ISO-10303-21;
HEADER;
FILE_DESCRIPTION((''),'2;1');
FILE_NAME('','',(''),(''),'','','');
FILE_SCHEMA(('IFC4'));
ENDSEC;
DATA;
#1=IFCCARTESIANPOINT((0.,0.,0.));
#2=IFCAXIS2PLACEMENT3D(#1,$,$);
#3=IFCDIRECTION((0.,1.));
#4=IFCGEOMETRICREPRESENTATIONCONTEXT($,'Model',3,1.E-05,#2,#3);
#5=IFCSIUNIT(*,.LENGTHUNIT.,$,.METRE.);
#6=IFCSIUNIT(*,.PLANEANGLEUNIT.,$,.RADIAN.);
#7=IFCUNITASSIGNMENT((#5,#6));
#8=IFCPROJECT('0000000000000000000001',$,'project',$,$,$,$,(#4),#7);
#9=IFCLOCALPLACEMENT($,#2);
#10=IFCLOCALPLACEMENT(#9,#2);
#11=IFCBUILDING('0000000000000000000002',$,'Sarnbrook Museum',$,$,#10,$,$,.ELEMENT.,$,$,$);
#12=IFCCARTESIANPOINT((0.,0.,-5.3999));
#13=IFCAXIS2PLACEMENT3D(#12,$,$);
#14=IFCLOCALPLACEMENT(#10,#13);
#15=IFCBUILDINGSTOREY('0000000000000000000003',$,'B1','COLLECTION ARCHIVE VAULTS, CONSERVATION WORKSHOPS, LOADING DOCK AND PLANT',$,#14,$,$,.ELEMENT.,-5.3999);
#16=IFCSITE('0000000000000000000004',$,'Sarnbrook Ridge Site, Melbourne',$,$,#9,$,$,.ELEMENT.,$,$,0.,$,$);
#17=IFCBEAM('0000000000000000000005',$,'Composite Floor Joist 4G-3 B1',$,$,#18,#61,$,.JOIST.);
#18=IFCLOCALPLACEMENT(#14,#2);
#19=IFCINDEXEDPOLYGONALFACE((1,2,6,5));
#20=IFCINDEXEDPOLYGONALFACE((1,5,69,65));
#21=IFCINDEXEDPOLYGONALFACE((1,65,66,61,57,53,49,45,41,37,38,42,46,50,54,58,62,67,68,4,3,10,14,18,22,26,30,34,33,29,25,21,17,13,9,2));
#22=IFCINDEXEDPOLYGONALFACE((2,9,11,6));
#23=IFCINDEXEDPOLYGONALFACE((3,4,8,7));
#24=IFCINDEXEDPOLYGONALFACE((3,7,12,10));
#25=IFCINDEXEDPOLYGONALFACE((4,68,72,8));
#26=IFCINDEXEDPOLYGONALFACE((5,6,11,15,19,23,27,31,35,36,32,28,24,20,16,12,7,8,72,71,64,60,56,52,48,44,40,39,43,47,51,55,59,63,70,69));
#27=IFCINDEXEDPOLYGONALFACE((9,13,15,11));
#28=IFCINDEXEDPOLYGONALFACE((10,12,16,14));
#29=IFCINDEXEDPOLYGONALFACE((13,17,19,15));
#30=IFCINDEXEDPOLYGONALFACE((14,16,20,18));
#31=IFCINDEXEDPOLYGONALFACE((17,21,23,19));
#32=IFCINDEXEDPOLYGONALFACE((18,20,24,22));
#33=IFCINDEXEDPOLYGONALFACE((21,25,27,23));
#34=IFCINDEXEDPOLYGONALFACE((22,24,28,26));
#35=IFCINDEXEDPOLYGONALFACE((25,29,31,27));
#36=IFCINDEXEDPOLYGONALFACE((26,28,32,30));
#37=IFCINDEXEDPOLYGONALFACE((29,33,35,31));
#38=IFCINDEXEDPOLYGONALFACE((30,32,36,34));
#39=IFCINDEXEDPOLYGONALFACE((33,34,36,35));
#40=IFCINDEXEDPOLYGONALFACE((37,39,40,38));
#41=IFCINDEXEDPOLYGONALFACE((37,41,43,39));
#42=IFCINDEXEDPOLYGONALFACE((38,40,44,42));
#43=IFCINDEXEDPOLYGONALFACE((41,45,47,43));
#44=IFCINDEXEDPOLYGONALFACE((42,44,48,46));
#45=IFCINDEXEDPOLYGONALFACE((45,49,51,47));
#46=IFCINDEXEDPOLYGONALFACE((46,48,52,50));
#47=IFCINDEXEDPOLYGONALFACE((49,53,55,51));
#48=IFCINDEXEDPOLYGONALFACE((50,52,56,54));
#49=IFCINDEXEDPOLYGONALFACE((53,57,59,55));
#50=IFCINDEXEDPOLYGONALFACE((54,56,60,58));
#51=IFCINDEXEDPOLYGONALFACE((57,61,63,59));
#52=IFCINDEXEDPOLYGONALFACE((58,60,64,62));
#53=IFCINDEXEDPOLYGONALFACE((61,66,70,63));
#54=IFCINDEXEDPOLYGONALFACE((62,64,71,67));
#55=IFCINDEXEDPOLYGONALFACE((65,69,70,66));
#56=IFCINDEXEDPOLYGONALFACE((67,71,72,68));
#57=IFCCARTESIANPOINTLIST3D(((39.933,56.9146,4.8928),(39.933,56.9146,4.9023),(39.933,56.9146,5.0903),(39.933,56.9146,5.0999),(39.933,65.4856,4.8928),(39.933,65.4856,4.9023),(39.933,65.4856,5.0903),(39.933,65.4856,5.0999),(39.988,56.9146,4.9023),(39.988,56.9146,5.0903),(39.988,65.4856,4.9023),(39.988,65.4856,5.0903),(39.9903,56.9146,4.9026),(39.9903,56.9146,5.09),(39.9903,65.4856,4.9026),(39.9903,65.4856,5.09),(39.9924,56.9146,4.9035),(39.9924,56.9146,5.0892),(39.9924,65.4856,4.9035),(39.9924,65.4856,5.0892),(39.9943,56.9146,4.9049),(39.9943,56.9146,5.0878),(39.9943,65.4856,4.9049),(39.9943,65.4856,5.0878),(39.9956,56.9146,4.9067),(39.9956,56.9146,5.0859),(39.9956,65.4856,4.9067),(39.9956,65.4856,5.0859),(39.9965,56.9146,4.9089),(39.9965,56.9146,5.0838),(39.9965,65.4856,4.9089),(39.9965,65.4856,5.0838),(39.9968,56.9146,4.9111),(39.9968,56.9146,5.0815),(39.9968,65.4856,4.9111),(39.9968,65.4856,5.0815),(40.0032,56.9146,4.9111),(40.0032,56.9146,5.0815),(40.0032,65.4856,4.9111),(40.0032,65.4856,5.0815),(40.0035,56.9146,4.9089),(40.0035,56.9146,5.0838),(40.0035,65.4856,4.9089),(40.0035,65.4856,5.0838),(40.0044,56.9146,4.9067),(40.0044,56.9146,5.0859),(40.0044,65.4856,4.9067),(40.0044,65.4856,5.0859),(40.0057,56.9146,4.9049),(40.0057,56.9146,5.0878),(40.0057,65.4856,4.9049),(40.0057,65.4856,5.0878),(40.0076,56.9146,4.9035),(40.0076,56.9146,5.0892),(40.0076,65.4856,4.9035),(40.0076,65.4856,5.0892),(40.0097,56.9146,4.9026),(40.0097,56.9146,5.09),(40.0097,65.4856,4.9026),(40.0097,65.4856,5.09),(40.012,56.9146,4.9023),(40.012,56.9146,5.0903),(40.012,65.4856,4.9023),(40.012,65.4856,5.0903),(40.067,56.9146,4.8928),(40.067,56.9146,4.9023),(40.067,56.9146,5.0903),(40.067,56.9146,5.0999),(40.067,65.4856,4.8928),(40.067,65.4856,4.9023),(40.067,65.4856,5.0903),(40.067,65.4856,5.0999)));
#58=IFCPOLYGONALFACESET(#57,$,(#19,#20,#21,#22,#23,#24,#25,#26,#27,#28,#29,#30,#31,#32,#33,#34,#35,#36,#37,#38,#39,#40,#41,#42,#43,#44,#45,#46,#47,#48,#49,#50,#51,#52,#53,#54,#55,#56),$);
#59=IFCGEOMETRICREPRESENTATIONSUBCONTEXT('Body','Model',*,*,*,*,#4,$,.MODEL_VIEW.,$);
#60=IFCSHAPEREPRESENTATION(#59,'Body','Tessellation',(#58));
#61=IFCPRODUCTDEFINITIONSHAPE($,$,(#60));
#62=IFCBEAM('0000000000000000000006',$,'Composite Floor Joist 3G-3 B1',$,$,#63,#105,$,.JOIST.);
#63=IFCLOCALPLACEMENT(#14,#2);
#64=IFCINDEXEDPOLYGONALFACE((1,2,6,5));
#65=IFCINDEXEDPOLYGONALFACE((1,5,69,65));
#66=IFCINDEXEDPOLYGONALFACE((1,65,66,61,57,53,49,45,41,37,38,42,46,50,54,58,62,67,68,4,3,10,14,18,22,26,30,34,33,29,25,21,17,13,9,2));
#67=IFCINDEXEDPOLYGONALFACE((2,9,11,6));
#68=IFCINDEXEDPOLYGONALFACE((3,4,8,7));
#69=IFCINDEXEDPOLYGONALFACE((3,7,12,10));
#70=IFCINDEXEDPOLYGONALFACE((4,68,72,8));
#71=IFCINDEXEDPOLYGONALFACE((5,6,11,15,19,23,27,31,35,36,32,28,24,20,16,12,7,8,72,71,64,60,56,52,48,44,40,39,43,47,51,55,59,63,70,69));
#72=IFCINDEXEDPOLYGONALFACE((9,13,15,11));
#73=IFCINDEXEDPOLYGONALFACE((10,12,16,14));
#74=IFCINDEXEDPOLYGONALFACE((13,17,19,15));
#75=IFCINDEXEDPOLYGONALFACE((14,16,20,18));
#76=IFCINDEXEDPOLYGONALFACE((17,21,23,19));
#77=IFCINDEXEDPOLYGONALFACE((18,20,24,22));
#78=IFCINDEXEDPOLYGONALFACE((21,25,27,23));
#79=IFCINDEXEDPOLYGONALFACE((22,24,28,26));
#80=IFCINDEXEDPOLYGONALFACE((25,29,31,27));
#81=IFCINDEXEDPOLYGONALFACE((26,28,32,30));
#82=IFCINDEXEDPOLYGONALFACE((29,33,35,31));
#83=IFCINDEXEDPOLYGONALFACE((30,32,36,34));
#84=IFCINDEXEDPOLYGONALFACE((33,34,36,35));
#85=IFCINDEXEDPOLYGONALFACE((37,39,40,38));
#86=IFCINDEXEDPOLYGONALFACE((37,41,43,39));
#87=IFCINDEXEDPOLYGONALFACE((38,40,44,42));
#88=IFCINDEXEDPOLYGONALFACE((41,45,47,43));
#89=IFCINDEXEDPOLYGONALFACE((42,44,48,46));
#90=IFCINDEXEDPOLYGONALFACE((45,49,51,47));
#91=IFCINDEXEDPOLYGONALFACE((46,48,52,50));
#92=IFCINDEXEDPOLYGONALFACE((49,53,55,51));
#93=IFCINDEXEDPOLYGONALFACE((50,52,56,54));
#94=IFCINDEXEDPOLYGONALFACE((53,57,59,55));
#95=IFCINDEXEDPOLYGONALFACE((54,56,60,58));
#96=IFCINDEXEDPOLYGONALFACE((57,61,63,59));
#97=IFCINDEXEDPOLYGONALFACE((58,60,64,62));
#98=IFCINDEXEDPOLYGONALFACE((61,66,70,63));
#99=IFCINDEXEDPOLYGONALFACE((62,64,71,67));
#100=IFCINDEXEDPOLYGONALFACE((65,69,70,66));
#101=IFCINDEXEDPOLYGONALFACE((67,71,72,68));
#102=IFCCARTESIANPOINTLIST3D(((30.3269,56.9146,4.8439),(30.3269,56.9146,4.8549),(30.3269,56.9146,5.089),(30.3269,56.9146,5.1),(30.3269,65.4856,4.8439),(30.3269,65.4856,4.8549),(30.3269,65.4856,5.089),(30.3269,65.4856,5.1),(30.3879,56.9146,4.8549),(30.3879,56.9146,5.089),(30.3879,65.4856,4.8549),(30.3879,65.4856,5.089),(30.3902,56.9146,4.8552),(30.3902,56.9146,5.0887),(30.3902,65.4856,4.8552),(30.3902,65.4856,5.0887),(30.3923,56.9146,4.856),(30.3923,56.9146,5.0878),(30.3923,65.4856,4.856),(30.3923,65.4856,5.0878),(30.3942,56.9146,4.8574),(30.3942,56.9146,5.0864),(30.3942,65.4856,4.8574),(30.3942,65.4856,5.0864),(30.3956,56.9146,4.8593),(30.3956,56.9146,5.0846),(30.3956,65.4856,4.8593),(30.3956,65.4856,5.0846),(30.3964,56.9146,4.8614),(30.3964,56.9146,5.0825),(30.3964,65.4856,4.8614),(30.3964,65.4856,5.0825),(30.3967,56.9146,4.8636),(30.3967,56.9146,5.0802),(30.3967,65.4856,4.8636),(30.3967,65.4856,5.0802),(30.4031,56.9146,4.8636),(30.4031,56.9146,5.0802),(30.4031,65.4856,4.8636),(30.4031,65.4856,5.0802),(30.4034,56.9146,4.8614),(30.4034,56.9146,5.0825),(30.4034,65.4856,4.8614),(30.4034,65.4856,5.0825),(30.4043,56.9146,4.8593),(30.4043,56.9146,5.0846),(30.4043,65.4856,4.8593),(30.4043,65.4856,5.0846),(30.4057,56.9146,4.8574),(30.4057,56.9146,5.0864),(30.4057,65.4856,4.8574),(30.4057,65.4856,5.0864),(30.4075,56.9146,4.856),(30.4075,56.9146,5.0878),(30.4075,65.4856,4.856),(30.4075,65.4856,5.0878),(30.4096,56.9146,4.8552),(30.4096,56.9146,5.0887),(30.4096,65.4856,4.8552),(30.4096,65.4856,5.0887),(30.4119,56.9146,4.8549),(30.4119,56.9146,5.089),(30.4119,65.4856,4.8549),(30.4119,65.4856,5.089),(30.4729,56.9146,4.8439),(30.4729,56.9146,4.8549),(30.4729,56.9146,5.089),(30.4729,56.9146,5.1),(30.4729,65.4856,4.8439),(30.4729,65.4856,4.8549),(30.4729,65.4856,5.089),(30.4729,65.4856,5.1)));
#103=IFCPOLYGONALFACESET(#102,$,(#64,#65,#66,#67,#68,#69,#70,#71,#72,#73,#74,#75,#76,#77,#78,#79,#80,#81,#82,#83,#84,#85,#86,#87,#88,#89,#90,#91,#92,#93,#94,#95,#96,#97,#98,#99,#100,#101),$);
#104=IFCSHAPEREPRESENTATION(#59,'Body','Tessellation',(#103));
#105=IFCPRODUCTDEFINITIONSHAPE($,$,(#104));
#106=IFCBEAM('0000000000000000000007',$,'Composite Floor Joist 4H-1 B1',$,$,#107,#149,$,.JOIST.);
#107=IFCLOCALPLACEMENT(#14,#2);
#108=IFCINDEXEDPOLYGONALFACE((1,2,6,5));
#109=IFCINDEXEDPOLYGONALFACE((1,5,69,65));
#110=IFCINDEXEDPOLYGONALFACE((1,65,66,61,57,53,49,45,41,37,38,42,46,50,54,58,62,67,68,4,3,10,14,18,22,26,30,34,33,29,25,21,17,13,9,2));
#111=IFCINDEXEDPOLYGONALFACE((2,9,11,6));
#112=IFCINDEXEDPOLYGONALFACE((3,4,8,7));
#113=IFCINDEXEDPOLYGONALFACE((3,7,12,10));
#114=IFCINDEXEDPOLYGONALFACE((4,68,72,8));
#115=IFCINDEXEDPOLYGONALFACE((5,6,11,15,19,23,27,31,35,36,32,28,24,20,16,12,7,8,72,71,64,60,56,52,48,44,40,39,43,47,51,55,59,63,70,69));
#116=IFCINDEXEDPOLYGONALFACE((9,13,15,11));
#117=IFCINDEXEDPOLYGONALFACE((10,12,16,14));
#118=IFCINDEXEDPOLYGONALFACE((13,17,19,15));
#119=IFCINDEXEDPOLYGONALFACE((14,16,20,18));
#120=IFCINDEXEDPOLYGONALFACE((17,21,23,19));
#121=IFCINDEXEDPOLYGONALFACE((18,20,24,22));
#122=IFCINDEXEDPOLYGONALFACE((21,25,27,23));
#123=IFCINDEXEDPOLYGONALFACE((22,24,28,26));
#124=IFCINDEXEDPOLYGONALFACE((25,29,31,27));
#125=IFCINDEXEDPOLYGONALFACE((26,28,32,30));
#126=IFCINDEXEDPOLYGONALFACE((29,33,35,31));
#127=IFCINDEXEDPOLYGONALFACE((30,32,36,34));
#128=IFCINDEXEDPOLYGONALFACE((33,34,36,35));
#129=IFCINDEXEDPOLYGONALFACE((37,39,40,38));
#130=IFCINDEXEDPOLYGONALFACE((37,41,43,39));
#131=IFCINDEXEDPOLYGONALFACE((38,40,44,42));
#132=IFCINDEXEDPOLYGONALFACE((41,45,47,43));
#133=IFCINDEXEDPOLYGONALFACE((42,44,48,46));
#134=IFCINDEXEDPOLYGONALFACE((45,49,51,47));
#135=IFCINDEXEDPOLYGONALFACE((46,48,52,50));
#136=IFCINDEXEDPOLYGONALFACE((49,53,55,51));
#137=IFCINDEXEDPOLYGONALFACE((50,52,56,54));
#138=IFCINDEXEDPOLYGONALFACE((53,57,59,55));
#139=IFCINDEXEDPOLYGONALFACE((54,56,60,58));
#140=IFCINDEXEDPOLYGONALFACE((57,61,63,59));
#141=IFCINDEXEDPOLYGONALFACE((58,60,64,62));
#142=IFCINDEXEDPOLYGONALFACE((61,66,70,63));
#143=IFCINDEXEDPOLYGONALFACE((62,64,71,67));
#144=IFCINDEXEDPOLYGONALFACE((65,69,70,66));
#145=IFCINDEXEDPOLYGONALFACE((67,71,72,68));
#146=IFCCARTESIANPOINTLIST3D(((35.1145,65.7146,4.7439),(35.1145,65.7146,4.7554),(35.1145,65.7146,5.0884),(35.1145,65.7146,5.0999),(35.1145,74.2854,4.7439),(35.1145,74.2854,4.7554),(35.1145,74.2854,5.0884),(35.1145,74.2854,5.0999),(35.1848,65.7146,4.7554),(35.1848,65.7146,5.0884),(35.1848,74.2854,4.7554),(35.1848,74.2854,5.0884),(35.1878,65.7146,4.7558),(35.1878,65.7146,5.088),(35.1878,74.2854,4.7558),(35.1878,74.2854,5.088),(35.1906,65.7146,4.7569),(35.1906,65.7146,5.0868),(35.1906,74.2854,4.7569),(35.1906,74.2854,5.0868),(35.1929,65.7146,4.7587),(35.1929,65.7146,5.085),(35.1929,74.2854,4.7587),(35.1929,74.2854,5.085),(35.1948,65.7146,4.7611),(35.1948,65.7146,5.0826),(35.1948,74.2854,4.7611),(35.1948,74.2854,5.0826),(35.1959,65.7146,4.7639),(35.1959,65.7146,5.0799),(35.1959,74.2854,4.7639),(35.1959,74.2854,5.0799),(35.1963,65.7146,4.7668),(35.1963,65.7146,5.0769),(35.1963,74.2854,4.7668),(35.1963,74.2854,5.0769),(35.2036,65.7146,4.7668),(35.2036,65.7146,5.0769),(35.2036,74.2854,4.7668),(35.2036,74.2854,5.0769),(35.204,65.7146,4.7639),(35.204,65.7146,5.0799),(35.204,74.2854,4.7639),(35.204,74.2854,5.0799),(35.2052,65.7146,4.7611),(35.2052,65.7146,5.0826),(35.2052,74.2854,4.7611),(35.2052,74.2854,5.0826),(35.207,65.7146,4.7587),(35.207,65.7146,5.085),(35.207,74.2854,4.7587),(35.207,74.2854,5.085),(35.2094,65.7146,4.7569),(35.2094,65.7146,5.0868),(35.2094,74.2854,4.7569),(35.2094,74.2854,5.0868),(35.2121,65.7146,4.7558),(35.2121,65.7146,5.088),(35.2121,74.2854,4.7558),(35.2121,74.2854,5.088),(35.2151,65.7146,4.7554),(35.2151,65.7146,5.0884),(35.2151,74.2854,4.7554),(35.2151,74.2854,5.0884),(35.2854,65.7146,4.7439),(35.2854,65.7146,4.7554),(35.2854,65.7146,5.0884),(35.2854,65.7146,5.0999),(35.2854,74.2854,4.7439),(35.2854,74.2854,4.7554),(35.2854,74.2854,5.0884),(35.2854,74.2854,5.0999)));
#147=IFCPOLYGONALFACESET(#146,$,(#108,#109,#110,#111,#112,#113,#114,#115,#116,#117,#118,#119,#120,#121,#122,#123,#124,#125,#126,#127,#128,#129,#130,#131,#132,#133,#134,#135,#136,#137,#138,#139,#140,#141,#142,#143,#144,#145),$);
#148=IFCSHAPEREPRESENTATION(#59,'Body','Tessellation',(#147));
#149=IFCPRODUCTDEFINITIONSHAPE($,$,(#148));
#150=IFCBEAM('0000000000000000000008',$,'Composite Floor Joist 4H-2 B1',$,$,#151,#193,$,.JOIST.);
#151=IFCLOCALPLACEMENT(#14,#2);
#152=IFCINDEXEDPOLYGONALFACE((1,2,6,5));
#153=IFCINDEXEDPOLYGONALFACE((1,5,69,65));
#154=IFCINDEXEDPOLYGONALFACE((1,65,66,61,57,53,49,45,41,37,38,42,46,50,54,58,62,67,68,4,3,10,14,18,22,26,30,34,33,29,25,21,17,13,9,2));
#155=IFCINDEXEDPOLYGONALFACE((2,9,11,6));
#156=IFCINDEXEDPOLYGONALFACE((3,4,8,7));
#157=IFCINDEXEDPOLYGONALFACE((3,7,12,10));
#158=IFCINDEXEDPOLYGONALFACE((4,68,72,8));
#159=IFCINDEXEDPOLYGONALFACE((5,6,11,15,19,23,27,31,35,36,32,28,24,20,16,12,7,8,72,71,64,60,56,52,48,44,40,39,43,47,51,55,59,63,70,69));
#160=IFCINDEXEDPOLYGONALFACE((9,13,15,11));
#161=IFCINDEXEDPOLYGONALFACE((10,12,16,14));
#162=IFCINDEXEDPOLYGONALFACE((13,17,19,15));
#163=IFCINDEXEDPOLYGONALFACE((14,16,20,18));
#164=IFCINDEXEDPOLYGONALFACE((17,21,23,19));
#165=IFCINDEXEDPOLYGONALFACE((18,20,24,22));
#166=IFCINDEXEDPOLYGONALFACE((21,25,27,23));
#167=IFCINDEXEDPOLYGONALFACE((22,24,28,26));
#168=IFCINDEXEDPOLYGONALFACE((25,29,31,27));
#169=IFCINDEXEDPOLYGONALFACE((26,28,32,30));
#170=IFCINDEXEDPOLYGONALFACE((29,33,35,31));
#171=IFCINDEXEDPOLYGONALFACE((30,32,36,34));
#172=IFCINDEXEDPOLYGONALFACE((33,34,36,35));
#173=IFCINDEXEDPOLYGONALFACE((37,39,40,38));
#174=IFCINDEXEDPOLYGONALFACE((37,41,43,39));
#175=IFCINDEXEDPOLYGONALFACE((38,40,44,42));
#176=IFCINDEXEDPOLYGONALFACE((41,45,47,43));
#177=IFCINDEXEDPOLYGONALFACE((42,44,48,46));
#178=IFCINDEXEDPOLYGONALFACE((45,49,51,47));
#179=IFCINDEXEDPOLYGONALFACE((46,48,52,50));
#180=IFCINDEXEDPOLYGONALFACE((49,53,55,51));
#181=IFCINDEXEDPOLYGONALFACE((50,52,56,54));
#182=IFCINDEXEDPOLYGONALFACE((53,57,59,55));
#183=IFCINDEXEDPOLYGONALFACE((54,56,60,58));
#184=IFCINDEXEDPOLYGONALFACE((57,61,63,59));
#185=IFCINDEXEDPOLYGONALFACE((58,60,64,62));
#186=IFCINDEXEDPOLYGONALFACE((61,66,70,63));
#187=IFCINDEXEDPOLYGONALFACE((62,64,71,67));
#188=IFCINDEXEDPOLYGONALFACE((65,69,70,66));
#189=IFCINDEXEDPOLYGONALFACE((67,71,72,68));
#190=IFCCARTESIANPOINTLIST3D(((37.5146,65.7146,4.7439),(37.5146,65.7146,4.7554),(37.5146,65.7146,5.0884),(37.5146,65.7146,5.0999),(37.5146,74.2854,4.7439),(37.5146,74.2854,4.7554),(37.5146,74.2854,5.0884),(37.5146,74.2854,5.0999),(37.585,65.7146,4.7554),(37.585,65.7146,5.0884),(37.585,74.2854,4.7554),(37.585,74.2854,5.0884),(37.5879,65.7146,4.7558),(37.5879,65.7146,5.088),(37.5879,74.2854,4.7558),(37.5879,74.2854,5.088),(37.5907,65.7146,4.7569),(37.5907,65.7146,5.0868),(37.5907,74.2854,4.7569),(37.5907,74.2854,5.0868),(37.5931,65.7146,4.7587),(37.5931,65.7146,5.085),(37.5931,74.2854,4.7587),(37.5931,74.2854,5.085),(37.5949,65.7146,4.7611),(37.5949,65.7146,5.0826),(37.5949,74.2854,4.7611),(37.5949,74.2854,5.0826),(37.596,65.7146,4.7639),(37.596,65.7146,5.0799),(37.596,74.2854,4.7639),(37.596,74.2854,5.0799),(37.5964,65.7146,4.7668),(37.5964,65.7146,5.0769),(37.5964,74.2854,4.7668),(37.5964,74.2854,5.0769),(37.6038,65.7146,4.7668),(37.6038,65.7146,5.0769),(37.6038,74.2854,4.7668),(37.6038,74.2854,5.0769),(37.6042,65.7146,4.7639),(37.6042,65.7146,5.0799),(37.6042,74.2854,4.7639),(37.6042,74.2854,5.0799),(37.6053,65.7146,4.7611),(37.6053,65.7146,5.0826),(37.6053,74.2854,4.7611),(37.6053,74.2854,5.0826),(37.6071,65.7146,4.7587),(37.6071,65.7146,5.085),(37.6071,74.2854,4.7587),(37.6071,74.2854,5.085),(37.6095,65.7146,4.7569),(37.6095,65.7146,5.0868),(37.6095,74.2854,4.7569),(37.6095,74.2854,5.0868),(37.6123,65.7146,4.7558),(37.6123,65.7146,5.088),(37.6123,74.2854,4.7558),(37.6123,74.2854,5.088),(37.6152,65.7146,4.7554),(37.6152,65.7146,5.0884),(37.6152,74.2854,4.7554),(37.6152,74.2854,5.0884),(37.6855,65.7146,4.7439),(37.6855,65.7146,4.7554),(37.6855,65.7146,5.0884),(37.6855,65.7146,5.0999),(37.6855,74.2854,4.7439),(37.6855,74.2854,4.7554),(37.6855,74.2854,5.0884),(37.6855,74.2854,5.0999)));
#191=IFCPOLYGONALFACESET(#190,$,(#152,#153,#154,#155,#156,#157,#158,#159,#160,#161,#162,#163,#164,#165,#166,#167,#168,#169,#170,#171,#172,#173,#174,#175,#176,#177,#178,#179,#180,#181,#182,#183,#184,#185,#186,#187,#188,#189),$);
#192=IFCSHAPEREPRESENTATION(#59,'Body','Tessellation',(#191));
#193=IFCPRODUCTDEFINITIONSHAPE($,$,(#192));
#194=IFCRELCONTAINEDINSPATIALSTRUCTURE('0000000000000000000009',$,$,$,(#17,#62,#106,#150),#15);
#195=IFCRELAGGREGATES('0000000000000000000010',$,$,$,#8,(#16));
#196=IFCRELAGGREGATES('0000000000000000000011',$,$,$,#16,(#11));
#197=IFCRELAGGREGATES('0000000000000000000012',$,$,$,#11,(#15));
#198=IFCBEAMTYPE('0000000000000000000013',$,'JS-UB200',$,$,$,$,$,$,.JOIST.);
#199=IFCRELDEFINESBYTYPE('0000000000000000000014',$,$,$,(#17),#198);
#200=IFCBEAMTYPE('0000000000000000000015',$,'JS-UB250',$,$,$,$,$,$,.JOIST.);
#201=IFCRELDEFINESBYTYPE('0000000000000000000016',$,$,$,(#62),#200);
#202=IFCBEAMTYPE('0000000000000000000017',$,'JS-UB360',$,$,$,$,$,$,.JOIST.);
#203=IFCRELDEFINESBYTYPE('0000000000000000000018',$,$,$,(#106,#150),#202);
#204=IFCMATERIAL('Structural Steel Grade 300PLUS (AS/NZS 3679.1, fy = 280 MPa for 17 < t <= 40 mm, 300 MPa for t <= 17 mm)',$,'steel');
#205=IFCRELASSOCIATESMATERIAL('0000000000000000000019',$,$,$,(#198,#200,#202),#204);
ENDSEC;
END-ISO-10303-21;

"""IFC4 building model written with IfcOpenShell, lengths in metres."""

from ifc_helpers import new_model, si_unit, direction, frame, origin, origin_2d, place, context, subcontext, project, spatial, i_section, extrude, material, material_profile, profile_set, type_object, element, save


model = new_model("IFC4")

# Units and contexts
model_context = context("Model", 3, precision=1e-05, world=origin(), true_north=direction((0.0, 1.0)))
body_context = subcontext(model_context, "Body", "Model", "MODEL_VIEW")
ifc_project = project(units=[si_unit("LENGTHUNIT", "METRE"), si_unit("PLANEANGLEUNIT", "RADIAN")], contexts=[model_context])

# Site, building, storey
site_placement = place(None, origin())
site = spatial("IfcSite", under=ifc_project, at=site_placement, Name="Sarnbrook Ridge Site, Melbourne", CompositionType="ELEMENT", RefElevation=0.0)
building_placement = place(site_placement, origin())
building = spatial("IfcBuilding", under=site, at=building_placement, Name="Sarnbrook Museum", CompositionType="ELEMENT")
storey_placement = place(building_placement, frame((0.0, 0.0, -5.3999)))
storey = spatial("IfcBuildingStorey", under=building, at=storey_placement, Name="B1", Description="COLLECTION ARCHIVE VAULTS, CONSERVATION WORKSHOPS, LOADING DOCK AND PLANT", CompositionType="ELEMENT", Elevation=-5.3999)

# Beams
ifc_material_1 = material(Name="Structural Steel Grade 300PLUS (AS/NZS 3679.1, fy = 280 MPa for 17 < t <= 40 mm, 300 MPa for t <= 17 mm)", Category="steel")
ifc_material_profile_1 = material_profile(ifc_material_1, i_section(OverallWidth=0.134, OverallDepth=0.207, WebThickness=0.0063, FlangeThickness=0.0095, FilletRadius=0.0088, at=origin_2d()), Name="200UB29.8")
ifc_profile_set_1 = profile_set([ifc_material_profile_1], Name="Structural Steel Grade 300PLUS (AS/NZS 3679.1, fy = 280 MPa for 17 < t <= 40 mm, 300 MPa for t <= 17 mm)")
beam_type_1 = type_object("IfcBeamType", Name="JS-UB200", PredefinedType="JOIST", material=ifc_profile_set_1)
for number, where, z_axis, x_axis, name in (
    (1, (40.0, 56.9146, 4.9963), (0.0, 1.0, 0.0), (-1.0, 0.0, 0.0), "Composite Floor Joist 4G-3 B1"),
):
    element("IfcBeam", number, at=place(storey_placement, frame(where, z_axis=z_axis, x_axis=x_axis)), inside=storey, type_object=beam_type_1, Name=name, PredefinedType="JOIST", context=body_context, shape_type="SweptSolid", body=[
        extrude(i_section(OverallWidth=0.134, OverallDepth=0.207, WebThickness=0.0063, FlangeThickness=0.0095, FilletRadius=0.0088, at=origin_2d()), origin(), (0.0, 0.0, 1.0), 8.571),
    ])
ifc_material_profile_2 = material_profile(ifc_material_1, i_section(OverallWidth=0.146, OverallDepth=0.2561, WebThickness=0.0063, FlangeThickness=0.011, FilletRadius=0.0088, at=origin_2d()), Name="250UB37.3")
ifc_profile_set_2 = profile_set([ifc_material_profile_2], Name="Structural Steel Grade 300PLUS (AS/NZS 3679.1, fy = 280 MPa for 17 < t <= 40 mm, 300 MPa for t <= 17 mm)")
beam_type_2 = type_object("IfcBeamType", Name="JS-UB250", PredefinedType="JOIST", material=ifc_profile_set_2)
beam_1_placement = place(storey_placement, frame((30.3999, 56.9146, 4.9719), z_axis=(0.0, 1.0, 0.0), x_axis=(-1.0, 0.0, 0.0)))
element("IfcBeam", 2, at=beam_1_placement, inside=storey, type_object=beam_type_2, Name="Composite Floor Joist 3G-3 B1", PredefinedType="JOIST", context=body_context, shape_type="SweptSolid", body=[
    extrude(i_section(OverallWidth=0.146, OverallDepth=0.2561, WebThickness=0.0063, FlangeThickness=0.011, FilletRadius=0.0088, at=origin_2d()), origin(), (0.0, 0.0, 1.0), 8.571),
])
ifc_material_profile_3 = material_profile(ifc_material_1, i_section(OverallWidth=0.1709, OverallDepth=0.356, WebThickness=0.0073, FlangeThickness=0.0115, FilletRadius=0.0115, at=origin_2d()), Name="360UB50.7")
ifc_profile_set_3 = profile_set([ifc_material_profile_3], Name="Structural Steel Grade 300PLUS (AS/NZS 3679.1, fy = 280 MPa for 17 < t <= 40 mm, 300 MPa for t <= 17 mm)")
beam_type_3 = type_object("IfcBeamType", Name="JS-UB360", PredefinedType="JOIST", material=ifc_profile_set_3)
for number, where, z_axis, x_axis, name in (
    (3, (35.2, 65.7146, 4.9219), (0.0, 1.0, 0.0), (-1.0, 0.0, 0.0), "Composite Floor Joist 4H-1 B1"),
    (4, (37.6001, 65.7146, 4.9219), (0.0, 1.0, 0.0), (-1.0, 0.0, 0.0), "Composite Floor Joist 4H-2 B1"),
):
    element("IfcBeam", number, at=place(storey_placement, frame(where, z_axis=z_axis, x_axis=x_axis)), inside=storey, type_object=beam_type_3, Name=name, PredefinedType="JOIST", context=body_context, shape_type="SweptSolid", body=[
        extrude(i_section(OverallWidth=0.1709, OverallDepth=0.356, WebThickness=0.0073, FlangeThickness=0.0115, FilletRadius=0.0115, at=origin_2d()), origin(), (0.0, 0.0, 1.0), 8.5708),
    ])

save(model, "model.ifc")
